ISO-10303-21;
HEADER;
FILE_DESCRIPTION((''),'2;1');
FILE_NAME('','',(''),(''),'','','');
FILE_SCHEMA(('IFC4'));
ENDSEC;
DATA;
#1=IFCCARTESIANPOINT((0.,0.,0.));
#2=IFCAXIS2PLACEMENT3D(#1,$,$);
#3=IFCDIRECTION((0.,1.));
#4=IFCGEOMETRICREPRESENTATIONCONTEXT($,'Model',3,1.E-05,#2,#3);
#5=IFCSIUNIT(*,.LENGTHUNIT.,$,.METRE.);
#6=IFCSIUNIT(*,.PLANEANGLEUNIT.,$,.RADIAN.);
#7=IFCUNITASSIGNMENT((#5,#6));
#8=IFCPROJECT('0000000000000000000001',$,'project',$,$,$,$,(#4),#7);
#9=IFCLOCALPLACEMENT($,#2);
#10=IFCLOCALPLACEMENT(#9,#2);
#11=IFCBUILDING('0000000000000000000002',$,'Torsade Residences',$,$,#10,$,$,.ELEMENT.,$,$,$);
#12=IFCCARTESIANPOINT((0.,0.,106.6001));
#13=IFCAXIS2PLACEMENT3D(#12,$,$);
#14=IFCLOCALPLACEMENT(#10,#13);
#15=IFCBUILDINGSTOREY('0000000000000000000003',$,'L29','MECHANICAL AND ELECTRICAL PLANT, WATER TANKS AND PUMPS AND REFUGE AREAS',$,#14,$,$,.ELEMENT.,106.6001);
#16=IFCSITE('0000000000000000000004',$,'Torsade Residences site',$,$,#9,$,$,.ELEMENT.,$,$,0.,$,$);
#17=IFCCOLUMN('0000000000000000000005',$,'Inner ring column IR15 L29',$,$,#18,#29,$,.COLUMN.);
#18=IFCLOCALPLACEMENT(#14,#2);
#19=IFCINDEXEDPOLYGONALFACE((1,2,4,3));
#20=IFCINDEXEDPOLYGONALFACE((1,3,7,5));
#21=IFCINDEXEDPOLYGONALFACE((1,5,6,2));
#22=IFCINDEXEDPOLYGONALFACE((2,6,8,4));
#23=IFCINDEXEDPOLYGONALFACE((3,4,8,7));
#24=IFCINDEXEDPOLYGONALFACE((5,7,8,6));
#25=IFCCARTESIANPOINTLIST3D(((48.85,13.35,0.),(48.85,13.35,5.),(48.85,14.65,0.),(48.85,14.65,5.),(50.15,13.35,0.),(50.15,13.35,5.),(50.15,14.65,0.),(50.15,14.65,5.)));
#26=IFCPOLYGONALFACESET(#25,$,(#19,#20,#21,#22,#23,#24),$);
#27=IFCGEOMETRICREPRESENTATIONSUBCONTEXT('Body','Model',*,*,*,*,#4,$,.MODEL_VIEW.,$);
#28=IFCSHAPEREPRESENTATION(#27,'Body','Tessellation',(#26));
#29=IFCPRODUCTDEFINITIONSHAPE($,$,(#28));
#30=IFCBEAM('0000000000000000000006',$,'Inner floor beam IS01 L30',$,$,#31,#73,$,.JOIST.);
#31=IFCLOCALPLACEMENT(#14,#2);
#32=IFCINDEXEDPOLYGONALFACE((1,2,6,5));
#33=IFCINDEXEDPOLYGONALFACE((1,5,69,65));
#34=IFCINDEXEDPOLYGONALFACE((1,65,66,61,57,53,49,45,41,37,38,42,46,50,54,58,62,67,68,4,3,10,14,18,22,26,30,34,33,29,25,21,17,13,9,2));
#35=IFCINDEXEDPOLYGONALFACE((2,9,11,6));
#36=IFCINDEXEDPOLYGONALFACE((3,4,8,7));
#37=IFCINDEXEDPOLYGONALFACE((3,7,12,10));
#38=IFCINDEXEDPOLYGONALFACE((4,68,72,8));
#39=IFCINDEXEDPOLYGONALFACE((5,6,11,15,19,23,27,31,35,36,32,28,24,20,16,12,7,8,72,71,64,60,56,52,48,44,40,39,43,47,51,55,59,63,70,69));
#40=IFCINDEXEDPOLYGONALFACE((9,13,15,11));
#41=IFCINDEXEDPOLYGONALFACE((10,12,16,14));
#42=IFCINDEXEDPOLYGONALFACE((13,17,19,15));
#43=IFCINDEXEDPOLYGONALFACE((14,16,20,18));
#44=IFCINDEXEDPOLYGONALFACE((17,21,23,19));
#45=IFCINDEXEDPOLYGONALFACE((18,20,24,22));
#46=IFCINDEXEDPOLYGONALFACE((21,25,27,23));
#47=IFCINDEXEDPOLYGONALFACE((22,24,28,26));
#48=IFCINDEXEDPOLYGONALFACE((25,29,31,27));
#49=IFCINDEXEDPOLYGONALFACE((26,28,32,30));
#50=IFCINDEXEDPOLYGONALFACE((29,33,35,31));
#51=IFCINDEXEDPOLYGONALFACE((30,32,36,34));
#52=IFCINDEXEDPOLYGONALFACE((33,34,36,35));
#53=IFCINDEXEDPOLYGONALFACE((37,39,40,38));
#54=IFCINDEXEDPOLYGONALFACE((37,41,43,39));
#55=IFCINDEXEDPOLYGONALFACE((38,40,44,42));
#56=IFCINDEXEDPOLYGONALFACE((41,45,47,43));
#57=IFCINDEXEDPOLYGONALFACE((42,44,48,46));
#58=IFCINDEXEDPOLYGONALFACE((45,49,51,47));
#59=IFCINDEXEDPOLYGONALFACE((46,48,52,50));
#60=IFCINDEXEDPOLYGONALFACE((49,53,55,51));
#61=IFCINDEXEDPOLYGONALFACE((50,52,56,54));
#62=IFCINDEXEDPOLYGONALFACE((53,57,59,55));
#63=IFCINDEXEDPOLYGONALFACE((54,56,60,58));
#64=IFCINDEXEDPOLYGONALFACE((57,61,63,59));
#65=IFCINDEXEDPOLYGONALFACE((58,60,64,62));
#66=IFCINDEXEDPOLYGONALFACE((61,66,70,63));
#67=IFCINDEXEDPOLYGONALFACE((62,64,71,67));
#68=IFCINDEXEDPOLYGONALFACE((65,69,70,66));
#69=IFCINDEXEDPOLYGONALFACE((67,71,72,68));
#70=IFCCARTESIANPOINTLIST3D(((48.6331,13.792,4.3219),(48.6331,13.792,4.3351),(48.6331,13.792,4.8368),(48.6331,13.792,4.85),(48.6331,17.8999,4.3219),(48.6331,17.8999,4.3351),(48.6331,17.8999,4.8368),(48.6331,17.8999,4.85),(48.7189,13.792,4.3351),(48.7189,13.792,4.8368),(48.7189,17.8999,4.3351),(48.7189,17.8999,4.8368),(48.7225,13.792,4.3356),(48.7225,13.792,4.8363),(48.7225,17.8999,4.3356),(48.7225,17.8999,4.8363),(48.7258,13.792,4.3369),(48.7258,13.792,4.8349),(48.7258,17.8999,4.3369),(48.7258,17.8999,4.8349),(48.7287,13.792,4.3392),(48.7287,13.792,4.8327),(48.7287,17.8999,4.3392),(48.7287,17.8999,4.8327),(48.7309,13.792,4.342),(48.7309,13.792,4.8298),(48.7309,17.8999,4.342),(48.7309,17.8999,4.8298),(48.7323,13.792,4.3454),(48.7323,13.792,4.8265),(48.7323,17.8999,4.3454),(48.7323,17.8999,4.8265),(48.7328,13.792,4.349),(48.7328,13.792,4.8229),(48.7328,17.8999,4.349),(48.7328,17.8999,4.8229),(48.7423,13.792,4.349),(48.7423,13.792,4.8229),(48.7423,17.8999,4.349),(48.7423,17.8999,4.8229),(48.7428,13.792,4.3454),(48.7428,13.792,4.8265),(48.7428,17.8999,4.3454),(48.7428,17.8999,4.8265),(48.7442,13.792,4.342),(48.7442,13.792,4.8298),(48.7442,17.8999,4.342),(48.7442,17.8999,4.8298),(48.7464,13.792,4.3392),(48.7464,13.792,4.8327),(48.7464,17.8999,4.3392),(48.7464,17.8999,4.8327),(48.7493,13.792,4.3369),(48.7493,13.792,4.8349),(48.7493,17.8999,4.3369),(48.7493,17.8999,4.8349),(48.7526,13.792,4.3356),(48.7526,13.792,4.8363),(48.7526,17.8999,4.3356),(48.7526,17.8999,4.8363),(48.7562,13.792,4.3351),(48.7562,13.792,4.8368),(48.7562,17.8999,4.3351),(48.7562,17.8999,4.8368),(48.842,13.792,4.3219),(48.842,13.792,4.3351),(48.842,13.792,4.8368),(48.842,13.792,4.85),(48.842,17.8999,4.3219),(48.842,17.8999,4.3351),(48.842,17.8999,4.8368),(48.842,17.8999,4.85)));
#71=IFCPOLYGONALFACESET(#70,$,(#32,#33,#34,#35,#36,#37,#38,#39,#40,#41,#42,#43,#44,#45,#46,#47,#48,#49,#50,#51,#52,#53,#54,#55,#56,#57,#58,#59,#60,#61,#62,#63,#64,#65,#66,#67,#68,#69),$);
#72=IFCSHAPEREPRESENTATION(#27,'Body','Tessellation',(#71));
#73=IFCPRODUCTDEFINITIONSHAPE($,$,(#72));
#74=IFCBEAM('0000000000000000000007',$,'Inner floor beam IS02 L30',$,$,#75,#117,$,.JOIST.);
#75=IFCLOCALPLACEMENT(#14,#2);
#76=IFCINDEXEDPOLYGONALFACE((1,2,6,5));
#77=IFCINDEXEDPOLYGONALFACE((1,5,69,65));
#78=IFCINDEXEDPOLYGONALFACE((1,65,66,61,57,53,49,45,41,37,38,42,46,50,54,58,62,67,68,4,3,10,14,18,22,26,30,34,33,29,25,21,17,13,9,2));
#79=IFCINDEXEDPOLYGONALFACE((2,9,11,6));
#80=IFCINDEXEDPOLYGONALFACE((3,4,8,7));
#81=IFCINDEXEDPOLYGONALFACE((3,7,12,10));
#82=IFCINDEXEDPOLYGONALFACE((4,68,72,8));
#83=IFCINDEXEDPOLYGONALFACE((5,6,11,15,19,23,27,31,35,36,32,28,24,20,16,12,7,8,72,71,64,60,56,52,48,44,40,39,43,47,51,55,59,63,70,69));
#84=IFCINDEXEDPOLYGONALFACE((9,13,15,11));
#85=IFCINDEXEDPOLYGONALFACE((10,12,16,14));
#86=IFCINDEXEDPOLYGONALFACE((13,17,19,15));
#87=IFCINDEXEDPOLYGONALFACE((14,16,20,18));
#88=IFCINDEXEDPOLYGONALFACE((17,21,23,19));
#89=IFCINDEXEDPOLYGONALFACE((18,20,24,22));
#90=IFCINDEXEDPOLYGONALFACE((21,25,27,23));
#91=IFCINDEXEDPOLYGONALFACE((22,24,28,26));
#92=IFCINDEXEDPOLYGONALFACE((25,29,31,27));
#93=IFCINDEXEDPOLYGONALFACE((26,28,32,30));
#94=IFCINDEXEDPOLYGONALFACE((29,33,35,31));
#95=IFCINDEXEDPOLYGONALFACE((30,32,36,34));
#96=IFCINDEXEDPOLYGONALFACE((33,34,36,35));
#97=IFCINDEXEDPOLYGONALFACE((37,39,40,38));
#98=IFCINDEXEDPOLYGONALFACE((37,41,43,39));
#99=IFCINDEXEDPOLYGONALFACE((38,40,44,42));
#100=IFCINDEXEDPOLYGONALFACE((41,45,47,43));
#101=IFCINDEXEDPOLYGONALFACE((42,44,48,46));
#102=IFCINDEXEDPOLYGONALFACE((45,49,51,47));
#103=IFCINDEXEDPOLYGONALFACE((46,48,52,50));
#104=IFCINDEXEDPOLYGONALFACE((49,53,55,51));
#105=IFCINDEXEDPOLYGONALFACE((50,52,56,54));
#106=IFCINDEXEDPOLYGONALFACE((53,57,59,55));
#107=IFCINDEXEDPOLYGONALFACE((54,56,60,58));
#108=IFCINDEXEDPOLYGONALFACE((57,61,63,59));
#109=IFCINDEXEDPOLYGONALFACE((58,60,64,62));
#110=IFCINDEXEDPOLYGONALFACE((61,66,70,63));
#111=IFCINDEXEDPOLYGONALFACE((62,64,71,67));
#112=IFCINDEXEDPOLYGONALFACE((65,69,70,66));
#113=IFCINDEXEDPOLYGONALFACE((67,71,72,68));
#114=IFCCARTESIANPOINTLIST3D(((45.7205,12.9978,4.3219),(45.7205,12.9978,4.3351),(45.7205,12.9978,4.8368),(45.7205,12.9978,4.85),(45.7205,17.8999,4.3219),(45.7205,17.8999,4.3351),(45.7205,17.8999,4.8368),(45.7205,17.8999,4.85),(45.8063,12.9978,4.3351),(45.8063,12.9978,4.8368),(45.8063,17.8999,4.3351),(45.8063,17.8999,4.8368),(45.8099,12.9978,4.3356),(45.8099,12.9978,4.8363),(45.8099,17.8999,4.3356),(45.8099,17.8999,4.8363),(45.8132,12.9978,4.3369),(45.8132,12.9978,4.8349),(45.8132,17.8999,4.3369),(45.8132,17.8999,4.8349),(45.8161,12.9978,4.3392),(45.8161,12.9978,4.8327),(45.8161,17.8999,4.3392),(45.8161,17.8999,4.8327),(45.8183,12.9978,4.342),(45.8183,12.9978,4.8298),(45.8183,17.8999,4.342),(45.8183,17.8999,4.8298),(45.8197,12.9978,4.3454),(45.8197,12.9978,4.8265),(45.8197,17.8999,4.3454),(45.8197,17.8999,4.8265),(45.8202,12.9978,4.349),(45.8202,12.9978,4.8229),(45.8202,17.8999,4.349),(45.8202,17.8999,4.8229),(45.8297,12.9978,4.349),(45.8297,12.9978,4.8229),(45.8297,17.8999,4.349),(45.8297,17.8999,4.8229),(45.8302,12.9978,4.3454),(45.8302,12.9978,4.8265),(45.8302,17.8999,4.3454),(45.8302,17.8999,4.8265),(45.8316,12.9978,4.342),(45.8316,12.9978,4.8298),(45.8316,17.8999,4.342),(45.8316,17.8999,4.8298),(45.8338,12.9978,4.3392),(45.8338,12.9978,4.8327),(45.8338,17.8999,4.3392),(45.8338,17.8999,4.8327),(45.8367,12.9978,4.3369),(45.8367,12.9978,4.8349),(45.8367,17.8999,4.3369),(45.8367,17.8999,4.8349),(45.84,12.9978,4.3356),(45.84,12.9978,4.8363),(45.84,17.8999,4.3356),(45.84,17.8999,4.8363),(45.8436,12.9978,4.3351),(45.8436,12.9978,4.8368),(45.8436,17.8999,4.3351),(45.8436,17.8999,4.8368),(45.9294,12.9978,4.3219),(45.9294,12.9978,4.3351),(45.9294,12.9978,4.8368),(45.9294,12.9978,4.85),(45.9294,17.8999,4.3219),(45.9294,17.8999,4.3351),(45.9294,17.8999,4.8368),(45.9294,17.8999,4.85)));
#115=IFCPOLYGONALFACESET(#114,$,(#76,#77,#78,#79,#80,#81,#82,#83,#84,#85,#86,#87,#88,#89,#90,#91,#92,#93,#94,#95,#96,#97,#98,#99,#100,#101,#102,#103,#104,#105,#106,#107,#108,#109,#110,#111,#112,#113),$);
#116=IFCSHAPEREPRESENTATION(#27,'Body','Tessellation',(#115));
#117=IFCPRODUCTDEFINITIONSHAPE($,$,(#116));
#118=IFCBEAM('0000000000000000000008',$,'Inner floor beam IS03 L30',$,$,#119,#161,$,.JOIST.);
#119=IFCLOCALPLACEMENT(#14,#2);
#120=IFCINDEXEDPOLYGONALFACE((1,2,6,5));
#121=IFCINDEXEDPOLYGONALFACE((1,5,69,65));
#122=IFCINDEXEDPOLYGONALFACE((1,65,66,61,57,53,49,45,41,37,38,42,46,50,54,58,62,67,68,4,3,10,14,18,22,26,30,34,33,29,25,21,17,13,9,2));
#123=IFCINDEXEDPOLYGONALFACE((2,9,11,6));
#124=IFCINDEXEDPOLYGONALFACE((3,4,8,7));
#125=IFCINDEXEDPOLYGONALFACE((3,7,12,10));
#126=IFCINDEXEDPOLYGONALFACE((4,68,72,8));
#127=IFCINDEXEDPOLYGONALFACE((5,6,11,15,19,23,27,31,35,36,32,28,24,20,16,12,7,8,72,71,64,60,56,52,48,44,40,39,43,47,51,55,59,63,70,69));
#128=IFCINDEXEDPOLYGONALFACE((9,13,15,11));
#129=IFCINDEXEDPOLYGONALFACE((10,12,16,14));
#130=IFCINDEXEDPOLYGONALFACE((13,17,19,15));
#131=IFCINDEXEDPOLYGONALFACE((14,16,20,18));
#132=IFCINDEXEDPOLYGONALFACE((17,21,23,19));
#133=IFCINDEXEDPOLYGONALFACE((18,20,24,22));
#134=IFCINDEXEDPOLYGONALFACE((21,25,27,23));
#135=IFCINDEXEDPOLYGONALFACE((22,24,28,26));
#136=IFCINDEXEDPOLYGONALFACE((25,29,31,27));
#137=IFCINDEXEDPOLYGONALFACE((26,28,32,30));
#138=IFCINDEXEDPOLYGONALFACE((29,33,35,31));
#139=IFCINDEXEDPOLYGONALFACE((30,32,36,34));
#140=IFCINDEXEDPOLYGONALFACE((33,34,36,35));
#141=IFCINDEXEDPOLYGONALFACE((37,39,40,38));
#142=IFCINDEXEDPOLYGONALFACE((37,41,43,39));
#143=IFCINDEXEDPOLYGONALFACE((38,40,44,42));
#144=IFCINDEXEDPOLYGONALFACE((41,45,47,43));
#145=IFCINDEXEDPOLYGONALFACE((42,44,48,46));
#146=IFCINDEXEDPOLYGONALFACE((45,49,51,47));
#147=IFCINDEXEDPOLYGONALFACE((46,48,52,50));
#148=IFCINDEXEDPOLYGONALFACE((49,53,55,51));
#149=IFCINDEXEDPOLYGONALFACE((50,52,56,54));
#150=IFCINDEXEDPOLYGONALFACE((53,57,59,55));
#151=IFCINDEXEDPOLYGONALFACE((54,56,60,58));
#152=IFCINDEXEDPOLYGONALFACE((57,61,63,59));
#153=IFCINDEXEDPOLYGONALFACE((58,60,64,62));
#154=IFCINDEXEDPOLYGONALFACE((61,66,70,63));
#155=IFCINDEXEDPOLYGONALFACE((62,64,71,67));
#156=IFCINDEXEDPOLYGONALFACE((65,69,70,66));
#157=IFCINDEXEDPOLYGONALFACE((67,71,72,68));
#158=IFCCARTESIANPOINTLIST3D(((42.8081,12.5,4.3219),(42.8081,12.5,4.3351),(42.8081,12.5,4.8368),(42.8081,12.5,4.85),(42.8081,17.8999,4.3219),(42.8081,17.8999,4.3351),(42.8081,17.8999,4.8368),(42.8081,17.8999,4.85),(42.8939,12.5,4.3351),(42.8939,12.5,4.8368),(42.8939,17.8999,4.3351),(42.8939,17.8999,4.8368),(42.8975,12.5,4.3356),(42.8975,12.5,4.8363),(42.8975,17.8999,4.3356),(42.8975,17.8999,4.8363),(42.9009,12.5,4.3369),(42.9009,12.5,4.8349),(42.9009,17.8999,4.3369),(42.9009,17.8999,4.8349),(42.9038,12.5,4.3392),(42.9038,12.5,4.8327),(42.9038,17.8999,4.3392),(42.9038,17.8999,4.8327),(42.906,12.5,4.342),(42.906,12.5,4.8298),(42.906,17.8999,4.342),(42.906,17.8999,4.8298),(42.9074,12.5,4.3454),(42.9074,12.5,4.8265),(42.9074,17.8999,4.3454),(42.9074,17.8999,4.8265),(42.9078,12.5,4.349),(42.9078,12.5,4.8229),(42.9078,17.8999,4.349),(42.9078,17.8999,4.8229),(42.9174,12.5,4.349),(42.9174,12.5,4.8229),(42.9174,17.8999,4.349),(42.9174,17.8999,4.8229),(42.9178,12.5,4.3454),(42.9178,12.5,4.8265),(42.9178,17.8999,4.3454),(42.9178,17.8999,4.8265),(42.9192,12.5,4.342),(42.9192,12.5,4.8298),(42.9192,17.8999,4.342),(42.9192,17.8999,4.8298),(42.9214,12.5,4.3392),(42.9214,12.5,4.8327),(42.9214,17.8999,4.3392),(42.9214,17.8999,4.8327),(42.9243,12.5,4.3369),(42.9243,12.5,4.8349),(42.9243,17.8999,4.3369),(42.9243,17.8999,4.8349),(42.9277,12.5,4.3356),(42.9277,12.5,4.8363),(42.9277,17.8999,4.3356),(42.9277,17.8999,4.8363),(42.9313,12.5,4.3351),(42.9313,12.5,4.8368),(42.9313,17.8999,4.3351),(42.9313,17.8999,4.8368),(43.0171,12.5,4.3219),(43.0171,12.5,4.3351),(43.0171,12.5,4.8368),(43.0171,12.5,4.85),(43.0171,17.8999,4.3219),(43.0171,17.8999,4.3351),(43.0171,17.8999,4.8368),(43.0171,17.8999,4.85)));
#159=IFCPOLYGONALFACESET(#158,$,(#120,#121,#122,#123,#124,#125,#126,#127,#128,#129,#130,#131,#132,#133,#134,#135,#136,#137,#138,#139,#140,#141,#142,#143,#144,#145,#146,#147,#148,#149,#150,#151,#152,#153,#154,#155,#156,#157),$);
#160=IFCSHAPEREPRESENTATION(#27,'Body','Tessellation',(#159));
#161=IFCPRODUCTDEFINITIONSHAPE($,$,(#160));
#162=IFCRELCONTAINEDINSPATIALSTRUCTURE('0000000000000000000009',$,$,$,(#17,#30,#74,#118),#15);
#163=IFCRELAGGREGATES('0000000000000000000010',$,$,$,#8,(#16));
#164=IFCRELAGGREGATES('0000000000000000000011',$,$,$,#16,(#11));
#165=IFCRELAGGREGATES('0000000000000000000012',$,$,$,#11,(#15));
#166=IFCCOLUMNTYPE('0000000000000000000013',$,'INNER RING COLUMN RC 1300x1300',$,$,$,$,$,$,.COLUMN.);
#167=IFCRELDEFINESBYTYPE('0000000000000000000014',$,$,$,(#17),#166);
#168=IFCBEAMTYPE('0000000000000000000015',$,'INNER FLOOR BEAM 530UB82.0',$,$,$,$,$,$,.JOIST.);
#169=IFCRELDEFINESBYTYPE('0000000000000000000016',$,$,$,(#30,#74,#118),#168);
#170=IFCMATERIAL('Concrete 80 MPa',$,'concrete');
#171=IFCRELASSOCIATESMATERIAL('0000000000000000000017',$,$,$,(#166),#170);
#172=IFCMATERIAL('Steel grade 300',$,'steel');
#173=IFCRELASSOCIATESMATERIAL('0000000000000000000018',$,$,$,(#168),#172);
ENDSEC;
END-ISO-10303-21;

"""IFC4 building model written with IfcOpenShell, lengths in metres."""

from ifc_helpers import new_model, si_unit, direction, frame, origin, origin_2d, place, context, subcontext, project, spatial, rectangle, i_section, extrude, material, material_profile, profile_set, type_object, element, save


model = new_model("IFC4")

# Units and contexts
model_context = context("Model", 3, precision=1e-05, world=origin(), true_north=direction((0.0, 1.0)))
body_context = subcontext(model_context, "Body", "Model", "MODEL_VIEW")
ifc_project = project(units=[si_unit("LENGTHUNIT", "METRE"), si_unit("PLANEANGLEUNIT", "RADIAN")], contexts=[model_context])

# Site, building, storey
site_placement = place(None, origin())
site = spatial("IfcSite", under=ifc_project, at=site_placement, Name="Torsade Residences site", CompositionType="ELEMENT", RefElevation=0.0)
building_placement = place(site_placement, origin())
building = spatial("IfcBuilding", under=site, at=building_placement, Name="Torsade Residences", CompositionType="ELEMENT")
storey_placement = place(building_placement, frame((0.0, 0.0, 106.6001)))
storey = spatial("IfcBuildingStorey", under=building, at=storey_placement, Name="L29", Description="MECHANICAL AND ELECTRICAL PLANT, WATER TANKS AND PUMPS AND REFUGE AREAS", CompositionType="ELEMENT", Elevation=106.6001)

# Column
ifc_material_1 = material(Name="Concrete 80 MPa", Category="concrete")
ifc_material_profile_1 = material_profile(ifc_material_1, rectangle(XDim=1.3, YDim=1.3, at=origin_2d()), Name="RC 1300x1300")
ifc_profile_set_1 = profile_set([ifc_material_profile_1], Name="Concrete 80 MPa")
column_type = type_object("IfcColumnType", Name="INNER RING COLUMN RC 1300x1300", PredefinedType="COLUMN", material=ifc_profile_set_1)
column_placement = place(storey_placement, frame((49.5, 14.0, 0.0), z_axis=(0.0, 0.0, 1.0), x_axis=(1.0, 0.0, 0.0)))
element("IfcColumn", 1, at=column_placement, inside=storey, type_object=column_type, Name="Inner ring column IR15 L29", PredefinedType="COLUMN", context=body_context, shape_type="SweptSolid", body=[
    extrude(rectangle(XDim=1.3, YDim=1.3, at=origin_2d()), origin(), (0.0, 0.0, 1.0), 5.0),
])

# Beams
ifc_material_2 = material(Name="Steel grade 300", Category="steel")
ifc_material_profile_2 = material_profile(ifc_material_2, i_section(OverallWidth=0.209, OverallDepth=0.5281, WebThickness=0.0095, FlangeThickness=0.0132, FilletRadius=0.0139, at=origin_2d()), Name="530UB82.0")
ifc_profile_set_2 = profile_set([ifc_material_profile_2], Name="Steel grade 300")
beam_type_1 = type_object("IfcBeamType", Name="INNER FLOOR BEAM 530UB82.0", PredefinedType="JOIST", material=ifc_profile_set_2)
beam_1_placement = place(storey_placement, frame((48.7375, 17.8999, 4.5859), z_axis=(0.0, -1.0, 0.0), x_axis=(1.0, 0.0, 0.0)))
element("IfcBeam", 2, at=beam_1_placement, inside=storey, type_object=beam_type_1, Name="Inner floor beam IS01 L30", PredefinedType="JOIST", context=body_context, shape_type="SweptSolid", body=[
    extrude(i_section(OverallWidth=0.209, OverallDepth=0.5281, WebThickness=0.0095, FlangeThickness=0.0132, FilletRadius=0.0139, at=origin_2d()), origin(), (0.0, 0.0, 1.0), 4.1079),
])
beam_2_placement = place(storey_placement, frame((45.825, 17.8999, 4.5859), z_axis=(0.0, -1.0, 0.0), x_axis=(1.0, 0.0, 0.0)))
element("IfcBeam", 3, at=beam_2_placement, inside=storey, type_object=beam_type_1, Name="Inner floor beam IS02 L30", PredefinedType="JOIST", context=body_context, shape_type="SweptSolid", body=[
    extrude(i_section(OverallWidth=0.209, OverallDepth=0.5281, WebThickness=0.0095, FlangeThickness=0.0132, FilletRadius=0.0139, at=origin_2d()), origin(), (0.0, 0.0, 1.0), 4.9021),
])
for number, where, z_axis, x_axis, name in (
    (4, (42.9126, 17.8999, 4.5859), (0.0, -1.0, 0.0), (1.0, 0.0, 0.0), "Inner floor beam IS03 L30"),
):
    element("IfcBeam", number, at=place(storey_placement, frame(where, z_axis=z_axis, x_axis=x_axis)), inside=storey, type_object=beam_type_1, Name=name, PredefinedType="JOIST", context=body_context, shape_type="SweptSolid", body=[
        extrude(i_section(OverallWidth=0.209, OverallDepth=0.5281, WebThickness=0.0095, FlangeThickness=0.0132, FilletRadius=0.0139, at=origin_2d()), origin(), (0.0, 0.0, 1.0), 5.3999),
    ])

save(model, "model.ifc")
